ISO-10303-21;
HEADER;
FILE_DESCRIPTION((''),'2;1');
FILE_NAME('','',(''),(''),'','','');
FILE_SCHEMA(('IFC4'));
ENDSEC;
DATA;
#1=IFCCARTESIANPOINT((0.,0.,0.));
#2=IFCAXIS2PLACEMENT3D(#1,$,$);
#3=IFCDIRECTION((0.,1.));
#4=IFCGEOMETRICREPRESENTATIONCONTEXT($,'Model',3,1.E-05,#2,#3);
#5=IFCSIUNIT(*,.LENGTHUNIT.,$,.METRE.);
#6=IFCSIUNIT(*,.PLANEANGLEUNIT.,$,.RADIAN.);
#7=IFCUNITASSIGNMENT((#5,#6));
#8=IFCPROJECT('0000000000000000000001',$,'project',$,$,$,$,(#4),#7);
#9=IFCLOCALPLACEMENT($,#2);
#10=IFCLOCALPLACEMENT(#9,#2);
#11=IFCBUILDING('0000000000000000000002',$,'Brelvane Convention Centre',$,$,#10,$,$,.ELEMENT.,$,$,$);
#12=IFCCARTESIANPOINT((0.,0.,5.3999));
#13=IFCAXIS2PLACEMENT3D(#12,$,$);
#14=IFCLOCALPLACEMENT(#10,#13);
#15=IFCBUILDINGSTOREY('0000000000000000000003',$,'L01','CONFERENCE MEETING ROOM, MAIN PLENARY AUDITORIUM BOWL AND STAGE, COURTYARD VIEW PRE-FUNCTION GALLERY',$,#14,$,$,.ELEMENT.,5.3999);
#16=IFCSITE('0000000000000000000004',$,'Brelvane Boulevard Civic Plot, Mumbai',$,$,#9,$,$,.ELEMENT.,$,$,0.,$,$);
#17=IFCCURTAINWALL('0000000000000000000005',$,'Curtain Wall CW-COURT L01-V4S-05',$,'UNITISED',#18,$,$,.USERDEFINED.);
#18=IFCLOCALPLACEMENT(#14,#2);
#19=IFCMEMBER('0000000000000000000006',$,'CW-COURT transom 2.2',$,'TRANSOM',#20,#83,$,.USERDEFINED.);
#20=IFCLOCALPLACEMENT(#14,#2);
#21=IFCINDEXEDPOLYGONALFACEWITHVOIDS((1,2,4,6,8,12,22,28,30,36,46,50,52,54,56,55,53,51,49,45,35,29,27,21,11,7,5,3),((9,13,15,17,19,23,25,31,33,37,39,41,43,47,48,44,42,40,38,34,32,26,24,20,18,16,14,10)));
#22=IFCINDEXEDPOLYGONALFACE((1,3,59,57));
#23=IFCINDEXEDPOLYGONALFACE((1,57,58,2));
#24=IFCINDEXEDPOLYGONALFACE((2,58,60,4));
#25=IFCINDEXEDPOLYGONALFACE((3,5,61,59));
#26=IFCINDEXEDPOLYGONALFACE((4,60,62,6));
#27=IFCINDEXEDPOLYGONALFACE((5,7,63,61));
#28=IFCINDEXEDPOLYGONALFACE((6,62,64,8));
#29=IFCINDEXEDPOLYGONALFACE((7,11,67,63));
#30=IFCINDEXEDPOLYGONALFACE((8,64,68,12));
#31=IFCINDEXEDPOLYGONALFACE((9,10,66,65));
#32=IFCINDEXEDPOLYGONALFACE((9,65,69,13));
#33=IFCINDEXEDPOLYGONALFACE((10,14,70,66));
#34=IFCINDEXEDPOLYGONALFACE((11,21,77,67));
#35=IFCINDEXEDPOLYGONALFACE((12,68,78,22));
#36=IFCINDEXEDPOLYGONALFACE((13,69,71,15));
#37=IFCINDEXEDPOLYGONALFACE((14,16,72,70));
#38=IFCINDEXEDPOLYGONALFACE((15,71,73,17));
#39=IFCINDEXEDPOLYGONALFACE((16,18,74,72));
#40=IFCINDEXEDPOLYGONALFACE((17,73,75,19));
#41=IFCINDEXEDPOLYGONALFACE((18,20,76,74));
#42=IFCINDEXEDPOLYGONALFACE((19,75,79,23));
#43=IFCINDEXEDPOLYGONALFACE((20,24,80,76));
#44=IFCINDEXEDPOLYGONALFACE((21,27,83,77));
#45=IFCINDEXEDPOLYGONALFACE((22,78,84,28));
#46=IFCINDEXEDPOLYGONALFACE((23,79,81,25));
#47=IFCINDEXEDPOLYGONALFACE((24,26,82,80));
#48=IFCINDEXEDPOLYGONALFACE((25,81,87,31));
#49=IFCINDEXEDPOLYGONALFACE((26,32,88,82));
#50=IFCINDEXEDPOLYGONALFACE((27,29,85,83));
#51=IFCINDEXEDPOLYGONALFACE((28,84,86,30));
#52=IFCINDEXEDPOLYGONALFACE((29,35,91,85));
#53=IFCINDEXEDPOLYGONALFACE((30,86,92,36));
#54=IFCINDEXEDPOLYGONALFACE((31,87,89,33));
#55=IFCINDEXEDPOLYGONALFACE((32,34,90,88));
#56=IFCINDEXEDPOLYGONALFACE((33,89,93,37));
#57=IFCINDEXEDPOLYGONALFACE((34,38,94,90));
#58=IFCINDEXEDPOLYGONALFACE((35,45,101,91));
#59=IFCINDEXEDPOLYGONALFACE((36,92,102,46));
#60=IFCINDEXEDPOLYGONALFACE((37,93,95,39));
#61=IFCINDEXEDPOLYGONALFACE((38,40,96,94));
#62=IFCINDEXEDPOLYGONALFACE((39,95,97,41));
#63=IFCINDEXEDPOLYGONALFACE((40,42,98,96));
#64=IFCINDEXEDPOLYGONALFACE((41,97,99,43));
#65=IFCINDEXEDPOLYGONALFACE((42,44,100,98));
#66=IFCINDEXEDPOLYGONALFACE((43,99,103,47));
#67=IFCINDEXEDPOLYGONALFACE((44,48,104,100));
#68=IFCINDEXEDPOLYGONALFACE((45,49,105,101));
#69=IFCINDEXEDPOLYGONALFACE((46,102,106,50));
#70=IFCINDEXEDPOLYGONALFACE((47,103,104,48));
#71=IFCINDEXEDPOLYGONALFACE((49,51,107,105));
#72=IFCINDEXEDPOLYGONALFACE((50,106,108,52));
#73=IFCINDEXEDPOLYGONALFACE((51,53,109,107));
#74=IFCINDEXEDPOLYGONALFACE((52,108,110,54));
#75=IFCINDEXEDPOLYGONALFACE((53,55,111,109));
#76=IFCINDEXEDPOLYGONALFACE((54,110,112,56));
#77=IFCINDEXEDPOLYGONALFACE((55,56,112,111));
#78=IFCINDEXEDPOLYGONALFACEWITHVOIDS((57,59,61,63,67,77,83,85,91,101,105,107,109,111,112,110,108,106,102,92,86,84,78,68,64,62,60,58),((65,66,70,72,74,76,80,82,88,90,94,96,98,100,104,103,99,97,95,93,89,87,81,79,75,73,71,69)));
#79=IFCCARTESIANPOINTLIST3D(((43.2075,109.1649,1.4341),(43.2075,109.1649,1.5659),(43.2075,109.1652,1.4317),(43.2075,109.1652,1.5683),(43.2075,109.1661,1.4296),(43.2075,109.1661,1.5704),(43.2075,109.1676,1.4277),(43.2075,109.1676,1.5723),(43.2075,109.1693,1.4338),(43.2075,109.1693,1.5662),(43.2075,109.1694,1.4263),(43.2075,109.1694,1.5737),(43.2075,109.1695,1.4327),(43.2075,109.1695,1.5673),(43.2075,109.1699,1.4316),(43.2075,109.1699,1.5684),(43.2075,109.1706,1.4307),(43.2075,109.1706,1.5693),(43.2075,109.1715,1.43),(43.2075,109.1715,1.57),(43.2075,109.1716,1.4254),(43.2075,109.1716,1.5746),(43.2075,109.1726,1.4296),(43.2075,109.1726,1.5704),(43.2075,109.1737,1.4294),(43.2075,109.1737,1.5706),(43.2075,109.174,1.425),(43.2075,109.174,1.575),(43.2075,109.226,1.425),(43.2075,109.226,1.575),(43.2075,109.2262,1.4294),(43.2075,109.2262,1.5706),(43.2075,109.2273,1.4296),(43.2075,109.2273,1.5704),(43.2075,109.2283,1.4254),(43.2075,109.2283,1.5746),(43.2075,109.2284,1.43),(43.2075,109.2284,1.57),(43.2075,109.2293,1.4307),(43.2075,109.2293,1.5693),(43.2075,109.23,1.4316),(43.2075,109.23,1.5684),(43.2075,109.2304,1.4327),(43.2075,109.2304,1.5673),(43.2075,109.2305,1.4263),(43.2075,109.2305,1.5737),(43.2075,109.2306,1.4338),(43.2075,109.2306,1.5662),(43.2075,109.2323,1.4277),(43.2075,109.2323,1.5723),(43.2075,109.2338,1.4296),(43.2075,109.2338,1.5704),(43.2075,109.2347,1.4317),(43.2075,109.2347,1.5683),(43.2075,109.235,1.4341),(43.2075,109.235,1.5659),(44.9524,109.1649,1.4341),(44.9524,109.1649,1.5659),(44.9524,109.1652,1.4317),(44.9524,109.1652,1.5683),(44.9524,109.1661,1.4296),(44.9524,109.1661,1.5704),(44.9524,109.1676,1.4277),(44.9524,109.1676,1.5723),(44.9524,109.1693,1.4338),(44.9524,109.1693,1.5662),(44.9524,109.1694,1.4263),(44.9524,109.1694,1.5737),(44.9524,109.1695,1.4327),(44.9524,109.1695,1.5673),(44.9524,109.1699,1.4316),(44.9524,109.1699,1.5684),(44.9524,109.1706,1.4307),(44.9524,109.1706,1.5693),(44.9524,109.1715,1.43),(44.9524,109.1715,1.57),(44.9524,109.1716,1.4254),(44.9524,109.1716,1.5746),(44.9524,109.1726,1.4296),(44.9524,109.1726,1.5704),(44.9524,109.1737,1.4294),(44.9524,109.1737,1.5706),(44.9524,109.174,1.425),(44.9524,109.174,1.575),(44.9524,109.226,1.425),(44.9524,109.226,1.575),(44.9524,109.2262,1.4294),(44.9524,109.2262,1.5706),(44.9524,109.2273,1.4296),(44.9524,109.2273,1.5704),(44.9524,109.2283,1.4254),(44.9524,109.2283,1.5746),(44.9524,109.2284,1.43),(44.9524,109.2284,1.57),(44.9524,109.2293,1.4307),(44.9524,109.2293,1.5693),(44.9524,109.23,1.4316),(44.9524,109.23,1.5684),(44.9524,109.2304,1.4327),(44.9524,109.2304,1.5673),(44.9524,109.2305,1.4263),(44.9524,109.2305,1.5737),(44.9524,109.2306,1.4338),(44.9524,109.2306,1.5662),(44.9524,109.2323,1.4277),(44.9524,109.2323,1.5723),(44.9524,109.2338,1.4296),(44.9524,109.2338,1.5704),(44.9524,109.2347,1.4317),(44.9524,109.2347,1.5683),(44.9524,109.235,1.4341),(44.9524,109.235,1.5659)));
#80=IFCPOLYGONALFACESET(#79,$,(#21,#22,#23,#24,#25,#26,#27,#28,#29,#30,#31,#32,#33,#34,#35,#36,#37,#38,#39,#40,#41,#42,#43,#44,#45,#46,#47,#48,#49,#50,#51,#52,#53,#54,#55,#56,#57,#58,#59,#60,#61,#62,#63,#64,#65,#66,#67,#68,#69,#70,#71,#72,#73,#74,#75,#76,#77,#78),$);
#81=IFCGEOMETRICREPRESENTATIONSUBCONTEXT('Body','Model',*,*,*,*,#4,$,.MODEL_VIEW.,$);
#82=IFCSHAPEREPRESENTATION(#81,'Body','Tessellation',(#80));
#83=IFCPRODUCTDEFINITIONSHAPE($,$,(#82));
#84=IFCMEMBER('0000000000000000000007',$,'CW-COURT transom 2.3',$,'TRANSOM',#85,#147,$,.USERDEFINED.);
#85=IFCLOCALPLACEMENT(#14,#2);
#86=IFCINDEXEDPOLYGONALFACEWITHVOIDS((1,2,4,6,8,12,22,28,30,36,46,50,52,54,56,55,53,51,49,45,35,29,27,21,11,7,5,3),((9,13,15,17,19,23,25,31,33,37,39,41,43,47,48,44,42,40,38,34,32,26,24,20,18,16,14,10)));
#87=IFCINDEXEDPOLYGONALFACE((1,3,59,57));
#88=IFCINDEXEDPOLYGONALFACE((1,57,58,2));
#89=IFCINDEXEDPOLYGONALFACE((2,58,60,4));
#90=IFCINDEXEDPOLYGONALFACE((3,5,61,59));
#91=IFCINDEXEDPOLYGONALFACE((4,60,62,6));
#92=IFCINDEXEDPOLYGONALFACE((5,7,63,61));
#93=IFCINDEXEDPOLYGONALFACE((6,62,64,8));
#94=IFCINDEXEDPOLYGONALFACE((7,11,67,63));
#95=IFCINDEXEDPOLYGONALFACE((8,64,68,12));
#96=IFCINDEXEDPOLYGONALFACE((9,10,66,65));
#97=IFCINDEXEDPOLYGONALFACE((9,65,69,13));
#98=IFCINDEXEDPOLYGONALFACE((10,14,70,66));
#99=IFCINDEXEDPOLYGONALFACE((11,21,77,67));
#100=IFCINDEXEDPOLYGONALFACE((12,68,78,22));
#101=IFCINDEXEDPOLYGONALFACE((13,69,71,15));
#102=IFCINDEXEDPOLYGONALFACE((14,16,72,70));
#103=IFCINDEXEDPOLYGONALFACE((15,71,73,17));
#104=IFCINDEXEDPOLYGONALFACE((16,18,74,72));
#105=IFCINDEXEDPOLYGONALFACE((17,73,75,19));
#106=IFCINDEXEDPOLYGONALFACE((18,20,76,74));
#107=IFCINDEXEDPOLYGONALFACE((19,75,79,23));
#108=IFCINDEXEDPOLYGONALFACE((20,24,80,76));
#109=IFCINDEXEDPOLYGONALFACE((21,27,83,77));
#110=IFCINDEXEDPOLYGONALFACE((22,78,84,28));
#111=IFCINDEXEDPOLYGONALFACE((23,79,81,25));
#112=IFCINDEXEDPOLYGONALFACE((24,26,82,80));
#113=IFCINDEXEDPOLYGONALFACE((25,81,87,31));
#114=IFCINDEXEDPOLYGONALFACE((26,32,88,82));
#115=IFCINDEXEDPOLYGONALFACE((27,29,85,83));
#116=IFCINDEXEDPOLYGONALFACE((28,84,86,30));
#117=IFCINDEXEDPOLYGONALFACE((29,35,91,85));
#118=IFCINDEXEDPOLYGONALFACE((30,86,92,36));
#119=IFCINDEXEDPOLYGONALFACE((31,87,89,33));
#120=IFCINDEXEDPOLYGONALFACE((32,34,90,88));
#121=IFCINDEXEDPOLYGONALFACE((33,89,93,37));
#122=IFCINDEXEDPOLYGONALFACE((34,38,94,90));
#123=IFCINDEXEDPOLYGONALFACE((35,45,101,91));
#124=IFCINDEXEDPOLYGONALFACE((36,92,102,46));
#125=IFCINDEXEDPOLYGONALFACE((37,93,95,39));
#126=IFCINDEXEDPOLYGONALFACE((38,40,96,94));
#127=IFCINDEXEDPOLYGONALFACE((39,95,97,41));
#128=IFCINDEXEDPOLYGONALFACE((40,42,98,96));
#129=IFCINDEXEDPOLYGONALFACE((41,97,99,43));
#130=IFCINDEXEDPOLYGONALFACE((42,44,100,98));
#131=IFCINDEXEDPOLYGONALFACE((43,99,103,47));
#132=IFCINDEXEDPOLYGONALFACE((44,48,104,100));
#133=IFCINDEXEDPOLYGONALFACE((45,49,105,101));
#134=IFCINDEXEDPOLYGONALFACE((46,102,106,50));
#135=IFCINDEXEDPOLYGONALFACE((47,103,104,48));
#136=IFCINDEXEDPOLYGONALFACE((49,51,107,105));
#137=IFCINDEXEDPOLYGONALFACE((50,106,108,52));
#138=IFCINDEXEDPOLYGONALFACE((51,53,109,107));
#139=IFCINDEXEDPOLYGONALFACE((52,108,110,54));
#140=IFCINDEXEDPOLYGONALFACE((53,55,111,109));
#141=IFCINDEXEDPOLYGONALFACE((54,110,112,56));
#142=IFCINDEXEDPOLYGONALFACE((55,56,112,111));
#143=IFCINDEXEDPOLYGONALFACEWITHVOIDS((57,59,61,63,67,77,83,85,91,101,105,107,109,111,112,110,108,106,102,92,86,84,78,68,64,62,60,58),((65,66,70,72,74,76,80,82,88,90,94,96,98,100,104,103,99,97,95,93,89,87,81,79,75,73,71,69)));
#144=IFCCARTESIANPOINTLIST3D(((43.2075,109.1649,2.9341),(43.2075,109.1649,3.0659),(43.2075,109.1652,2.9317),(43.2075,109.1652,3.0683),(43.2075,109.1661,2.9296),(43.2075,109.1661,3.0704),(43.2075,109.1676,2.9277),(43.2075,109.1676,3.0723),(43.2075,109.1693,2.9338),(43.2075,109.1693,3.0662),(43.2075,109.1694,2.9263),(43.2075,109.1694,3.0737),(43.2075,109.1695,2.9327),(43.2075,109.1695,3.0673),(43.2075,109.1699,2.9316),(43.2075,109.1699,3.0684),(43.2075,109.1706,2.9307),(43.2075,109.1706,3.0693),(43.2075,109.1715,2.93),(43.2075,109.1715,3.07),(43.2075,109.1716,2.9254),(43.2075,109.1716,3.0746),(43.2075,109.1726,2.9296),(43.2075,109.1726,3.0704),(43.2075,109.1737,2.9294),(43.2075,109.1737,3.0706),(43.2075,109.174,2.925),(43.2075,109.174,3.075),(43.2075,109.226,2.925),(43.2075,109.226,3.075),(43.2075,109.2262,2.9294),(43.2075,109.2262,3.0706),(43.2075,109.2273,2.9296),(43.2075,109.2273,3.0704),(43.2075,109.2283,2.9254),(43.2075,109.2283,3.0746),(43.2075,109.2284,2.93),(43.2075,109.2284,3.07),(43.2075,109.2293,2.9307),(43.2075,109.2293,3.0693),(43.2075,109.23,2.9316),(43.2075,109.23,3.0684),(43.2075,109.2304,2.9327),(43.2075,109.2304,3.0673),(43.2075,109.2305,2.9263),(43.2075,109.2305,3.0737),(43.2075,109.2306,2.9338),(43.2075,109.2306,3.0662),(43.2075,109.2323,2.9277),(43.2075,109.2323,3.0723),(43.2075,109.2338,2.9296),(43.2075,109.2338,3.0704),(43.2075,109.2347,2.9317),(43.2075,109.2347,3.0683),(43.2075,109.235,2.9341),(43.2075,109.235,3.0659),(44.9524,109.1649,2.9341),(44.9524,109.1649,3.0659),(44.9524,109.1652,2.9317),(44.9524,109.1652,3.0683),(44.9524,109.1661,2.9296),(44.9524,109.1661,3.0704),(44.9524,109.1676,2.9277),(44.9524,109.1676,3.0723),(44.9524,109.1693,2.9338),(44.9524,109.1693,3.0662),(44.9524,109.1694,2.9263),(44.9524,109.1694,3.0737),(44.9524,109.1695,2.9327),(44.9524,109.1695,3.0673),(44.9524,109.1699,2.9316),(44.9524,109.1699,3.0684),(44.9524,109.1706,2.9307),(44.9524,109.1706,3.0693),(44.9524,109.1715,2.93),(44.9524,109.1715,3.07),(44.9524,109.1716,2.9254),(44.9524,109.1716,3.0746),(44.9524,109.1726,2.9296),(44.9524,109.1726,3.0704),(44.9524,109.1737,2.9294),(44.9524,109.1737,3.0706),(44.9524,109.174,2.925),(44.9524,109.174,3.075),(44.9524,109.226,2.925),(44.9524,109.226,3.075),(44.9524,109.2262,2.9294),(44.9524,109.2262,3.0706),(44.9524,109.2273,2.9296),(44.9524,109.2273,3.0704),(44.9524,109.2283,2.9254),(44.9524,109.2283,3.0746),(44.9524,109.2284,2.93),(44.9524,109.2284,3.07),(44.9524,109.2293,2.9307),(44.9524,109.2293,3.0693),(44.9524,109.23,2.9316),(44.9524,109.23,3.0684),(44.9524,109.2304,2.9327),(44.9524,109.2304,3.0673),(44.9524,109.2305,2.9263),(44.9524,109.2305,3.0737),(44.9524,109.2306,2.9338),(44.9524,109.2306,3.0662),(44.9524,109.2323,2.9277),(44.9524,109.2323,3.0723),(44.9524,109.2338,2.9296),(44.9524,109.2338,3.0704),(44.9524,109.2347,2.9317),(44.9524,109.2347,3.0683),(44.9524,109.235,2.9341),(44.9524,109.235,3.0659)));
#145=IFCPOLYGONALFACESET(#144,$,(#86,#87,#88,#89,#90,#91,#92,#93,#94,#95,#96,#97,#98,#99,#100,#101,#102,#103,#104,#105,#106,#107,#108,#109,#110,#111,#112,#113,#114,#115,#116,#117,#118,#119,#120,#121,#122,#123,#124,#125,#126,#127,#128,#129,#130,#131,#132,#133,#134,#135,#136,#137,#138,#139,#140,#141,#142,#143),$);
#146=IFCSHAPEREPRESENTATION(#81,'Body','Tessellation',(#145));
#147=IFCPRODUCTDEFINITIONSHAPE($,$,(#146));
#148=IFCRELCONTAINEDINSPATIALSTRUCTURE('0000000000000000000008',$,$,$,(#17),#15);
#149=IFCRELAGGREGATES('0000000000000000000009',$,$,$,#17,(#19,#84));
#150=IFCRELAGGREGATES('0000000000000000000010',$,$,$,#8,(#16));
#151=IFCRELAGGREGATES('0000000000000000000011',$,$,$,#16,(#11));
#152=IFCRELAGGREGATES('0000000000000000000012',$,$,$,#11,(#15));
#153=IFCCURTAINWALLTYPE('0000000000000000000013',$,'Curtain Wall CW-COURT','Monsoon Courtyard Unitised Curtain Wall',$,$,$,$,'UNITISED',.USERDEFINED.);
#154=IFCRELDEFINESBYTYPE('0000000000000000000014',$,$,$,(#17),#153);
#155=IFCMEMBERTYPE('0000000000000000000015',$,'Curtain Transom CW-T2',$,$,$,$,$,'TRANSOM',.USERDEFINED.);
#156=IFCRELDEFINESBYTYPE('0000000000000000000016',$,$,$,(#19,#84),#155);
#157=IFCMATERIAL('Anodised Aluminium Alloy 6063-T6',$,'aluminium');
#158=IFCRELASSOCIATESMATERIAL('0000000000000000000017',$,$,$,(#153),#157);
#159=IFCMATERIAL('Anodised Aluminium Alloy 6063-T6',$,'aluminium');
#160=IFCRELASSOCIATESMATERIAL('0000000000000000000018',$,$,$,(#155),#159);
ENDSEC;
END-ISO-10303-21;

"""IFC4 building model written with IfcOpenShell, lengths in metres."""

from ifc_helpers import new_model, si_unit, direction, frame, origin, origin_2d, place, context, subcontext, project, spatial, hollow_rectangle, extrude, material, material_profile, profile_set, type_object, element, aggregate, save


model = new_model("IFC4")

# Units and contexts
model_context = context("Model", 3, precision=1e-05, world=origin(), true_north=direction((0.0, 1.0)))
body_context = subcontext(model_context, "Body", "Model", "MODEL_VIEW")
ifc_project = project(units=[si_unit("LENGTHUNIT", "METRE"), si_unit("PLANEANGLEUNIT", "RADIAN")], contexts=[model_context])

# Site, building, storey
site_placement = place(None, origin())
site = spatial("IfcSite", under=ifc_project, at=site_placement, Name="Brelvane Boulevard Civic Plot, Mumbai", CompositionType="ELEMENT", RefElevation=0.0)
building_placement = place(site_placement, origin())
building = spatial("IfcBuilding", under=site, at=building_placement, Name="Brelvane Convention Centre", CompositionType="ELEMENT")
storey_placement = place(building_placement, frame((0.0, 0.0, 5.3999)))
storey = spatial("IfcBuildingStorey", under=building, at=storey_placement, Name="L01", Description="CONFERENCE MEETING ROOM, MAIN PLENARY AUDITORIUM BOWL AND STAGE, COURTYARD VIEW PRE-FUNCTION GALLERY", CompositionType="ELEMENT", Elevation=5.3999)

# Curtain wall, members
ifc_material_1 = material(Name="Anodised Aluminium Alloy 6063-T6", Category="aluminium")
curtain_wall_type = type_object("IfcCurtainWallType", Name="Curtain Wall CW-COURT", Description="Monsoon Courtyard Unitised Curtain Wall", ElementType="UNITISED", PredefinedType="USERDEFINED", material=ifc_material_1)
curtain_wall_placement = place(storey_placement, origin())
curtain_wall = element("IfcCurtainWall", 1, at=curtain_wall_placement, inside=storey, type_object=curtain_wall_type, Name="Curtain Wall CW-COURT L01-V4S-05", ObjectType="UNITISED", PredefinedType="USERDEFINED")
ifc_material_2 = material(Name="Anodised Aluminium Alloy 6063-T6", Category="aluminium")
ifc_material_profile_1 = material_profile(ifc_material_2, hollow_rectangle(XDim=0.0701, YDim=0.1499, WallThickness=0.0044, InnerFilletRadius=0.0044, OuterFilletRadius=0.009, at=origin_2d()), Name="ALU-T 150x70x4.5")
ifc_profile_set_1 = profile_set([ifc_material_profile_1], Name="Anodised Aluminium Alloy 6063-T6")
member_type_1 = type_object("IfcMemberType", Name="Curtain Transom CW-T2", ElementType="TRANSOM", PredefinedType="USERDEFINED", material=ifc_profile_set_1)
member_1_placement = place(storey_placement, frame((43.2075, 109.2, 1.5), z_axis=(1.0, 0.0, 0.0), x_axis=(0.0, 1.0, 0.0)))
member_1 = element("IfcMember", 2, at=member_1_placement, type_object=member_type_1, Name="CW-COURT transom 2.2", ObjectType="TRANSOM", PredefinedType="USERDEFINED", context=body_context, shape_type="SweptSolid", body=[
    extrude(hollow_rectangle(XDim=0.0701, YDim=0.1499, WallThickness=0.0044, InnerFilletRadius=0.0044, OuterFilletRadius=0.009, at=origin_2d()), origin(), (0.0, 0.0, 1.0), 1.7449),
])
member_2_placement = place(storey_placement, frame((43.2075, 109.2, 3.0), z_axis=(1.0, 0.0, 0.0), x_axis=(0.0, 1.0, 0.0)))
member_2 = element("IfcMember", 3, at=member_2_placement, type_object=member_type_1, Name="CW-COURT transom 2.3", ObjectType="TRANSOM", PredefinedType="USERDEFINED", context=body_context, shape_type="SweptSolid", body=[
    extrude(hollow_rectangle(XDim=0.0701, YDim=0.1499, WallThickness=0.0044, InnerFilletRadius=0.0044, OuterFilletRadius=0.009, at=origin_2d()), origin(), (0.0, 0.0, 1.0), 1.7449),
])

aggregate(curtain_wall, [member_1, member_2])

save(model, "model.ifc")
